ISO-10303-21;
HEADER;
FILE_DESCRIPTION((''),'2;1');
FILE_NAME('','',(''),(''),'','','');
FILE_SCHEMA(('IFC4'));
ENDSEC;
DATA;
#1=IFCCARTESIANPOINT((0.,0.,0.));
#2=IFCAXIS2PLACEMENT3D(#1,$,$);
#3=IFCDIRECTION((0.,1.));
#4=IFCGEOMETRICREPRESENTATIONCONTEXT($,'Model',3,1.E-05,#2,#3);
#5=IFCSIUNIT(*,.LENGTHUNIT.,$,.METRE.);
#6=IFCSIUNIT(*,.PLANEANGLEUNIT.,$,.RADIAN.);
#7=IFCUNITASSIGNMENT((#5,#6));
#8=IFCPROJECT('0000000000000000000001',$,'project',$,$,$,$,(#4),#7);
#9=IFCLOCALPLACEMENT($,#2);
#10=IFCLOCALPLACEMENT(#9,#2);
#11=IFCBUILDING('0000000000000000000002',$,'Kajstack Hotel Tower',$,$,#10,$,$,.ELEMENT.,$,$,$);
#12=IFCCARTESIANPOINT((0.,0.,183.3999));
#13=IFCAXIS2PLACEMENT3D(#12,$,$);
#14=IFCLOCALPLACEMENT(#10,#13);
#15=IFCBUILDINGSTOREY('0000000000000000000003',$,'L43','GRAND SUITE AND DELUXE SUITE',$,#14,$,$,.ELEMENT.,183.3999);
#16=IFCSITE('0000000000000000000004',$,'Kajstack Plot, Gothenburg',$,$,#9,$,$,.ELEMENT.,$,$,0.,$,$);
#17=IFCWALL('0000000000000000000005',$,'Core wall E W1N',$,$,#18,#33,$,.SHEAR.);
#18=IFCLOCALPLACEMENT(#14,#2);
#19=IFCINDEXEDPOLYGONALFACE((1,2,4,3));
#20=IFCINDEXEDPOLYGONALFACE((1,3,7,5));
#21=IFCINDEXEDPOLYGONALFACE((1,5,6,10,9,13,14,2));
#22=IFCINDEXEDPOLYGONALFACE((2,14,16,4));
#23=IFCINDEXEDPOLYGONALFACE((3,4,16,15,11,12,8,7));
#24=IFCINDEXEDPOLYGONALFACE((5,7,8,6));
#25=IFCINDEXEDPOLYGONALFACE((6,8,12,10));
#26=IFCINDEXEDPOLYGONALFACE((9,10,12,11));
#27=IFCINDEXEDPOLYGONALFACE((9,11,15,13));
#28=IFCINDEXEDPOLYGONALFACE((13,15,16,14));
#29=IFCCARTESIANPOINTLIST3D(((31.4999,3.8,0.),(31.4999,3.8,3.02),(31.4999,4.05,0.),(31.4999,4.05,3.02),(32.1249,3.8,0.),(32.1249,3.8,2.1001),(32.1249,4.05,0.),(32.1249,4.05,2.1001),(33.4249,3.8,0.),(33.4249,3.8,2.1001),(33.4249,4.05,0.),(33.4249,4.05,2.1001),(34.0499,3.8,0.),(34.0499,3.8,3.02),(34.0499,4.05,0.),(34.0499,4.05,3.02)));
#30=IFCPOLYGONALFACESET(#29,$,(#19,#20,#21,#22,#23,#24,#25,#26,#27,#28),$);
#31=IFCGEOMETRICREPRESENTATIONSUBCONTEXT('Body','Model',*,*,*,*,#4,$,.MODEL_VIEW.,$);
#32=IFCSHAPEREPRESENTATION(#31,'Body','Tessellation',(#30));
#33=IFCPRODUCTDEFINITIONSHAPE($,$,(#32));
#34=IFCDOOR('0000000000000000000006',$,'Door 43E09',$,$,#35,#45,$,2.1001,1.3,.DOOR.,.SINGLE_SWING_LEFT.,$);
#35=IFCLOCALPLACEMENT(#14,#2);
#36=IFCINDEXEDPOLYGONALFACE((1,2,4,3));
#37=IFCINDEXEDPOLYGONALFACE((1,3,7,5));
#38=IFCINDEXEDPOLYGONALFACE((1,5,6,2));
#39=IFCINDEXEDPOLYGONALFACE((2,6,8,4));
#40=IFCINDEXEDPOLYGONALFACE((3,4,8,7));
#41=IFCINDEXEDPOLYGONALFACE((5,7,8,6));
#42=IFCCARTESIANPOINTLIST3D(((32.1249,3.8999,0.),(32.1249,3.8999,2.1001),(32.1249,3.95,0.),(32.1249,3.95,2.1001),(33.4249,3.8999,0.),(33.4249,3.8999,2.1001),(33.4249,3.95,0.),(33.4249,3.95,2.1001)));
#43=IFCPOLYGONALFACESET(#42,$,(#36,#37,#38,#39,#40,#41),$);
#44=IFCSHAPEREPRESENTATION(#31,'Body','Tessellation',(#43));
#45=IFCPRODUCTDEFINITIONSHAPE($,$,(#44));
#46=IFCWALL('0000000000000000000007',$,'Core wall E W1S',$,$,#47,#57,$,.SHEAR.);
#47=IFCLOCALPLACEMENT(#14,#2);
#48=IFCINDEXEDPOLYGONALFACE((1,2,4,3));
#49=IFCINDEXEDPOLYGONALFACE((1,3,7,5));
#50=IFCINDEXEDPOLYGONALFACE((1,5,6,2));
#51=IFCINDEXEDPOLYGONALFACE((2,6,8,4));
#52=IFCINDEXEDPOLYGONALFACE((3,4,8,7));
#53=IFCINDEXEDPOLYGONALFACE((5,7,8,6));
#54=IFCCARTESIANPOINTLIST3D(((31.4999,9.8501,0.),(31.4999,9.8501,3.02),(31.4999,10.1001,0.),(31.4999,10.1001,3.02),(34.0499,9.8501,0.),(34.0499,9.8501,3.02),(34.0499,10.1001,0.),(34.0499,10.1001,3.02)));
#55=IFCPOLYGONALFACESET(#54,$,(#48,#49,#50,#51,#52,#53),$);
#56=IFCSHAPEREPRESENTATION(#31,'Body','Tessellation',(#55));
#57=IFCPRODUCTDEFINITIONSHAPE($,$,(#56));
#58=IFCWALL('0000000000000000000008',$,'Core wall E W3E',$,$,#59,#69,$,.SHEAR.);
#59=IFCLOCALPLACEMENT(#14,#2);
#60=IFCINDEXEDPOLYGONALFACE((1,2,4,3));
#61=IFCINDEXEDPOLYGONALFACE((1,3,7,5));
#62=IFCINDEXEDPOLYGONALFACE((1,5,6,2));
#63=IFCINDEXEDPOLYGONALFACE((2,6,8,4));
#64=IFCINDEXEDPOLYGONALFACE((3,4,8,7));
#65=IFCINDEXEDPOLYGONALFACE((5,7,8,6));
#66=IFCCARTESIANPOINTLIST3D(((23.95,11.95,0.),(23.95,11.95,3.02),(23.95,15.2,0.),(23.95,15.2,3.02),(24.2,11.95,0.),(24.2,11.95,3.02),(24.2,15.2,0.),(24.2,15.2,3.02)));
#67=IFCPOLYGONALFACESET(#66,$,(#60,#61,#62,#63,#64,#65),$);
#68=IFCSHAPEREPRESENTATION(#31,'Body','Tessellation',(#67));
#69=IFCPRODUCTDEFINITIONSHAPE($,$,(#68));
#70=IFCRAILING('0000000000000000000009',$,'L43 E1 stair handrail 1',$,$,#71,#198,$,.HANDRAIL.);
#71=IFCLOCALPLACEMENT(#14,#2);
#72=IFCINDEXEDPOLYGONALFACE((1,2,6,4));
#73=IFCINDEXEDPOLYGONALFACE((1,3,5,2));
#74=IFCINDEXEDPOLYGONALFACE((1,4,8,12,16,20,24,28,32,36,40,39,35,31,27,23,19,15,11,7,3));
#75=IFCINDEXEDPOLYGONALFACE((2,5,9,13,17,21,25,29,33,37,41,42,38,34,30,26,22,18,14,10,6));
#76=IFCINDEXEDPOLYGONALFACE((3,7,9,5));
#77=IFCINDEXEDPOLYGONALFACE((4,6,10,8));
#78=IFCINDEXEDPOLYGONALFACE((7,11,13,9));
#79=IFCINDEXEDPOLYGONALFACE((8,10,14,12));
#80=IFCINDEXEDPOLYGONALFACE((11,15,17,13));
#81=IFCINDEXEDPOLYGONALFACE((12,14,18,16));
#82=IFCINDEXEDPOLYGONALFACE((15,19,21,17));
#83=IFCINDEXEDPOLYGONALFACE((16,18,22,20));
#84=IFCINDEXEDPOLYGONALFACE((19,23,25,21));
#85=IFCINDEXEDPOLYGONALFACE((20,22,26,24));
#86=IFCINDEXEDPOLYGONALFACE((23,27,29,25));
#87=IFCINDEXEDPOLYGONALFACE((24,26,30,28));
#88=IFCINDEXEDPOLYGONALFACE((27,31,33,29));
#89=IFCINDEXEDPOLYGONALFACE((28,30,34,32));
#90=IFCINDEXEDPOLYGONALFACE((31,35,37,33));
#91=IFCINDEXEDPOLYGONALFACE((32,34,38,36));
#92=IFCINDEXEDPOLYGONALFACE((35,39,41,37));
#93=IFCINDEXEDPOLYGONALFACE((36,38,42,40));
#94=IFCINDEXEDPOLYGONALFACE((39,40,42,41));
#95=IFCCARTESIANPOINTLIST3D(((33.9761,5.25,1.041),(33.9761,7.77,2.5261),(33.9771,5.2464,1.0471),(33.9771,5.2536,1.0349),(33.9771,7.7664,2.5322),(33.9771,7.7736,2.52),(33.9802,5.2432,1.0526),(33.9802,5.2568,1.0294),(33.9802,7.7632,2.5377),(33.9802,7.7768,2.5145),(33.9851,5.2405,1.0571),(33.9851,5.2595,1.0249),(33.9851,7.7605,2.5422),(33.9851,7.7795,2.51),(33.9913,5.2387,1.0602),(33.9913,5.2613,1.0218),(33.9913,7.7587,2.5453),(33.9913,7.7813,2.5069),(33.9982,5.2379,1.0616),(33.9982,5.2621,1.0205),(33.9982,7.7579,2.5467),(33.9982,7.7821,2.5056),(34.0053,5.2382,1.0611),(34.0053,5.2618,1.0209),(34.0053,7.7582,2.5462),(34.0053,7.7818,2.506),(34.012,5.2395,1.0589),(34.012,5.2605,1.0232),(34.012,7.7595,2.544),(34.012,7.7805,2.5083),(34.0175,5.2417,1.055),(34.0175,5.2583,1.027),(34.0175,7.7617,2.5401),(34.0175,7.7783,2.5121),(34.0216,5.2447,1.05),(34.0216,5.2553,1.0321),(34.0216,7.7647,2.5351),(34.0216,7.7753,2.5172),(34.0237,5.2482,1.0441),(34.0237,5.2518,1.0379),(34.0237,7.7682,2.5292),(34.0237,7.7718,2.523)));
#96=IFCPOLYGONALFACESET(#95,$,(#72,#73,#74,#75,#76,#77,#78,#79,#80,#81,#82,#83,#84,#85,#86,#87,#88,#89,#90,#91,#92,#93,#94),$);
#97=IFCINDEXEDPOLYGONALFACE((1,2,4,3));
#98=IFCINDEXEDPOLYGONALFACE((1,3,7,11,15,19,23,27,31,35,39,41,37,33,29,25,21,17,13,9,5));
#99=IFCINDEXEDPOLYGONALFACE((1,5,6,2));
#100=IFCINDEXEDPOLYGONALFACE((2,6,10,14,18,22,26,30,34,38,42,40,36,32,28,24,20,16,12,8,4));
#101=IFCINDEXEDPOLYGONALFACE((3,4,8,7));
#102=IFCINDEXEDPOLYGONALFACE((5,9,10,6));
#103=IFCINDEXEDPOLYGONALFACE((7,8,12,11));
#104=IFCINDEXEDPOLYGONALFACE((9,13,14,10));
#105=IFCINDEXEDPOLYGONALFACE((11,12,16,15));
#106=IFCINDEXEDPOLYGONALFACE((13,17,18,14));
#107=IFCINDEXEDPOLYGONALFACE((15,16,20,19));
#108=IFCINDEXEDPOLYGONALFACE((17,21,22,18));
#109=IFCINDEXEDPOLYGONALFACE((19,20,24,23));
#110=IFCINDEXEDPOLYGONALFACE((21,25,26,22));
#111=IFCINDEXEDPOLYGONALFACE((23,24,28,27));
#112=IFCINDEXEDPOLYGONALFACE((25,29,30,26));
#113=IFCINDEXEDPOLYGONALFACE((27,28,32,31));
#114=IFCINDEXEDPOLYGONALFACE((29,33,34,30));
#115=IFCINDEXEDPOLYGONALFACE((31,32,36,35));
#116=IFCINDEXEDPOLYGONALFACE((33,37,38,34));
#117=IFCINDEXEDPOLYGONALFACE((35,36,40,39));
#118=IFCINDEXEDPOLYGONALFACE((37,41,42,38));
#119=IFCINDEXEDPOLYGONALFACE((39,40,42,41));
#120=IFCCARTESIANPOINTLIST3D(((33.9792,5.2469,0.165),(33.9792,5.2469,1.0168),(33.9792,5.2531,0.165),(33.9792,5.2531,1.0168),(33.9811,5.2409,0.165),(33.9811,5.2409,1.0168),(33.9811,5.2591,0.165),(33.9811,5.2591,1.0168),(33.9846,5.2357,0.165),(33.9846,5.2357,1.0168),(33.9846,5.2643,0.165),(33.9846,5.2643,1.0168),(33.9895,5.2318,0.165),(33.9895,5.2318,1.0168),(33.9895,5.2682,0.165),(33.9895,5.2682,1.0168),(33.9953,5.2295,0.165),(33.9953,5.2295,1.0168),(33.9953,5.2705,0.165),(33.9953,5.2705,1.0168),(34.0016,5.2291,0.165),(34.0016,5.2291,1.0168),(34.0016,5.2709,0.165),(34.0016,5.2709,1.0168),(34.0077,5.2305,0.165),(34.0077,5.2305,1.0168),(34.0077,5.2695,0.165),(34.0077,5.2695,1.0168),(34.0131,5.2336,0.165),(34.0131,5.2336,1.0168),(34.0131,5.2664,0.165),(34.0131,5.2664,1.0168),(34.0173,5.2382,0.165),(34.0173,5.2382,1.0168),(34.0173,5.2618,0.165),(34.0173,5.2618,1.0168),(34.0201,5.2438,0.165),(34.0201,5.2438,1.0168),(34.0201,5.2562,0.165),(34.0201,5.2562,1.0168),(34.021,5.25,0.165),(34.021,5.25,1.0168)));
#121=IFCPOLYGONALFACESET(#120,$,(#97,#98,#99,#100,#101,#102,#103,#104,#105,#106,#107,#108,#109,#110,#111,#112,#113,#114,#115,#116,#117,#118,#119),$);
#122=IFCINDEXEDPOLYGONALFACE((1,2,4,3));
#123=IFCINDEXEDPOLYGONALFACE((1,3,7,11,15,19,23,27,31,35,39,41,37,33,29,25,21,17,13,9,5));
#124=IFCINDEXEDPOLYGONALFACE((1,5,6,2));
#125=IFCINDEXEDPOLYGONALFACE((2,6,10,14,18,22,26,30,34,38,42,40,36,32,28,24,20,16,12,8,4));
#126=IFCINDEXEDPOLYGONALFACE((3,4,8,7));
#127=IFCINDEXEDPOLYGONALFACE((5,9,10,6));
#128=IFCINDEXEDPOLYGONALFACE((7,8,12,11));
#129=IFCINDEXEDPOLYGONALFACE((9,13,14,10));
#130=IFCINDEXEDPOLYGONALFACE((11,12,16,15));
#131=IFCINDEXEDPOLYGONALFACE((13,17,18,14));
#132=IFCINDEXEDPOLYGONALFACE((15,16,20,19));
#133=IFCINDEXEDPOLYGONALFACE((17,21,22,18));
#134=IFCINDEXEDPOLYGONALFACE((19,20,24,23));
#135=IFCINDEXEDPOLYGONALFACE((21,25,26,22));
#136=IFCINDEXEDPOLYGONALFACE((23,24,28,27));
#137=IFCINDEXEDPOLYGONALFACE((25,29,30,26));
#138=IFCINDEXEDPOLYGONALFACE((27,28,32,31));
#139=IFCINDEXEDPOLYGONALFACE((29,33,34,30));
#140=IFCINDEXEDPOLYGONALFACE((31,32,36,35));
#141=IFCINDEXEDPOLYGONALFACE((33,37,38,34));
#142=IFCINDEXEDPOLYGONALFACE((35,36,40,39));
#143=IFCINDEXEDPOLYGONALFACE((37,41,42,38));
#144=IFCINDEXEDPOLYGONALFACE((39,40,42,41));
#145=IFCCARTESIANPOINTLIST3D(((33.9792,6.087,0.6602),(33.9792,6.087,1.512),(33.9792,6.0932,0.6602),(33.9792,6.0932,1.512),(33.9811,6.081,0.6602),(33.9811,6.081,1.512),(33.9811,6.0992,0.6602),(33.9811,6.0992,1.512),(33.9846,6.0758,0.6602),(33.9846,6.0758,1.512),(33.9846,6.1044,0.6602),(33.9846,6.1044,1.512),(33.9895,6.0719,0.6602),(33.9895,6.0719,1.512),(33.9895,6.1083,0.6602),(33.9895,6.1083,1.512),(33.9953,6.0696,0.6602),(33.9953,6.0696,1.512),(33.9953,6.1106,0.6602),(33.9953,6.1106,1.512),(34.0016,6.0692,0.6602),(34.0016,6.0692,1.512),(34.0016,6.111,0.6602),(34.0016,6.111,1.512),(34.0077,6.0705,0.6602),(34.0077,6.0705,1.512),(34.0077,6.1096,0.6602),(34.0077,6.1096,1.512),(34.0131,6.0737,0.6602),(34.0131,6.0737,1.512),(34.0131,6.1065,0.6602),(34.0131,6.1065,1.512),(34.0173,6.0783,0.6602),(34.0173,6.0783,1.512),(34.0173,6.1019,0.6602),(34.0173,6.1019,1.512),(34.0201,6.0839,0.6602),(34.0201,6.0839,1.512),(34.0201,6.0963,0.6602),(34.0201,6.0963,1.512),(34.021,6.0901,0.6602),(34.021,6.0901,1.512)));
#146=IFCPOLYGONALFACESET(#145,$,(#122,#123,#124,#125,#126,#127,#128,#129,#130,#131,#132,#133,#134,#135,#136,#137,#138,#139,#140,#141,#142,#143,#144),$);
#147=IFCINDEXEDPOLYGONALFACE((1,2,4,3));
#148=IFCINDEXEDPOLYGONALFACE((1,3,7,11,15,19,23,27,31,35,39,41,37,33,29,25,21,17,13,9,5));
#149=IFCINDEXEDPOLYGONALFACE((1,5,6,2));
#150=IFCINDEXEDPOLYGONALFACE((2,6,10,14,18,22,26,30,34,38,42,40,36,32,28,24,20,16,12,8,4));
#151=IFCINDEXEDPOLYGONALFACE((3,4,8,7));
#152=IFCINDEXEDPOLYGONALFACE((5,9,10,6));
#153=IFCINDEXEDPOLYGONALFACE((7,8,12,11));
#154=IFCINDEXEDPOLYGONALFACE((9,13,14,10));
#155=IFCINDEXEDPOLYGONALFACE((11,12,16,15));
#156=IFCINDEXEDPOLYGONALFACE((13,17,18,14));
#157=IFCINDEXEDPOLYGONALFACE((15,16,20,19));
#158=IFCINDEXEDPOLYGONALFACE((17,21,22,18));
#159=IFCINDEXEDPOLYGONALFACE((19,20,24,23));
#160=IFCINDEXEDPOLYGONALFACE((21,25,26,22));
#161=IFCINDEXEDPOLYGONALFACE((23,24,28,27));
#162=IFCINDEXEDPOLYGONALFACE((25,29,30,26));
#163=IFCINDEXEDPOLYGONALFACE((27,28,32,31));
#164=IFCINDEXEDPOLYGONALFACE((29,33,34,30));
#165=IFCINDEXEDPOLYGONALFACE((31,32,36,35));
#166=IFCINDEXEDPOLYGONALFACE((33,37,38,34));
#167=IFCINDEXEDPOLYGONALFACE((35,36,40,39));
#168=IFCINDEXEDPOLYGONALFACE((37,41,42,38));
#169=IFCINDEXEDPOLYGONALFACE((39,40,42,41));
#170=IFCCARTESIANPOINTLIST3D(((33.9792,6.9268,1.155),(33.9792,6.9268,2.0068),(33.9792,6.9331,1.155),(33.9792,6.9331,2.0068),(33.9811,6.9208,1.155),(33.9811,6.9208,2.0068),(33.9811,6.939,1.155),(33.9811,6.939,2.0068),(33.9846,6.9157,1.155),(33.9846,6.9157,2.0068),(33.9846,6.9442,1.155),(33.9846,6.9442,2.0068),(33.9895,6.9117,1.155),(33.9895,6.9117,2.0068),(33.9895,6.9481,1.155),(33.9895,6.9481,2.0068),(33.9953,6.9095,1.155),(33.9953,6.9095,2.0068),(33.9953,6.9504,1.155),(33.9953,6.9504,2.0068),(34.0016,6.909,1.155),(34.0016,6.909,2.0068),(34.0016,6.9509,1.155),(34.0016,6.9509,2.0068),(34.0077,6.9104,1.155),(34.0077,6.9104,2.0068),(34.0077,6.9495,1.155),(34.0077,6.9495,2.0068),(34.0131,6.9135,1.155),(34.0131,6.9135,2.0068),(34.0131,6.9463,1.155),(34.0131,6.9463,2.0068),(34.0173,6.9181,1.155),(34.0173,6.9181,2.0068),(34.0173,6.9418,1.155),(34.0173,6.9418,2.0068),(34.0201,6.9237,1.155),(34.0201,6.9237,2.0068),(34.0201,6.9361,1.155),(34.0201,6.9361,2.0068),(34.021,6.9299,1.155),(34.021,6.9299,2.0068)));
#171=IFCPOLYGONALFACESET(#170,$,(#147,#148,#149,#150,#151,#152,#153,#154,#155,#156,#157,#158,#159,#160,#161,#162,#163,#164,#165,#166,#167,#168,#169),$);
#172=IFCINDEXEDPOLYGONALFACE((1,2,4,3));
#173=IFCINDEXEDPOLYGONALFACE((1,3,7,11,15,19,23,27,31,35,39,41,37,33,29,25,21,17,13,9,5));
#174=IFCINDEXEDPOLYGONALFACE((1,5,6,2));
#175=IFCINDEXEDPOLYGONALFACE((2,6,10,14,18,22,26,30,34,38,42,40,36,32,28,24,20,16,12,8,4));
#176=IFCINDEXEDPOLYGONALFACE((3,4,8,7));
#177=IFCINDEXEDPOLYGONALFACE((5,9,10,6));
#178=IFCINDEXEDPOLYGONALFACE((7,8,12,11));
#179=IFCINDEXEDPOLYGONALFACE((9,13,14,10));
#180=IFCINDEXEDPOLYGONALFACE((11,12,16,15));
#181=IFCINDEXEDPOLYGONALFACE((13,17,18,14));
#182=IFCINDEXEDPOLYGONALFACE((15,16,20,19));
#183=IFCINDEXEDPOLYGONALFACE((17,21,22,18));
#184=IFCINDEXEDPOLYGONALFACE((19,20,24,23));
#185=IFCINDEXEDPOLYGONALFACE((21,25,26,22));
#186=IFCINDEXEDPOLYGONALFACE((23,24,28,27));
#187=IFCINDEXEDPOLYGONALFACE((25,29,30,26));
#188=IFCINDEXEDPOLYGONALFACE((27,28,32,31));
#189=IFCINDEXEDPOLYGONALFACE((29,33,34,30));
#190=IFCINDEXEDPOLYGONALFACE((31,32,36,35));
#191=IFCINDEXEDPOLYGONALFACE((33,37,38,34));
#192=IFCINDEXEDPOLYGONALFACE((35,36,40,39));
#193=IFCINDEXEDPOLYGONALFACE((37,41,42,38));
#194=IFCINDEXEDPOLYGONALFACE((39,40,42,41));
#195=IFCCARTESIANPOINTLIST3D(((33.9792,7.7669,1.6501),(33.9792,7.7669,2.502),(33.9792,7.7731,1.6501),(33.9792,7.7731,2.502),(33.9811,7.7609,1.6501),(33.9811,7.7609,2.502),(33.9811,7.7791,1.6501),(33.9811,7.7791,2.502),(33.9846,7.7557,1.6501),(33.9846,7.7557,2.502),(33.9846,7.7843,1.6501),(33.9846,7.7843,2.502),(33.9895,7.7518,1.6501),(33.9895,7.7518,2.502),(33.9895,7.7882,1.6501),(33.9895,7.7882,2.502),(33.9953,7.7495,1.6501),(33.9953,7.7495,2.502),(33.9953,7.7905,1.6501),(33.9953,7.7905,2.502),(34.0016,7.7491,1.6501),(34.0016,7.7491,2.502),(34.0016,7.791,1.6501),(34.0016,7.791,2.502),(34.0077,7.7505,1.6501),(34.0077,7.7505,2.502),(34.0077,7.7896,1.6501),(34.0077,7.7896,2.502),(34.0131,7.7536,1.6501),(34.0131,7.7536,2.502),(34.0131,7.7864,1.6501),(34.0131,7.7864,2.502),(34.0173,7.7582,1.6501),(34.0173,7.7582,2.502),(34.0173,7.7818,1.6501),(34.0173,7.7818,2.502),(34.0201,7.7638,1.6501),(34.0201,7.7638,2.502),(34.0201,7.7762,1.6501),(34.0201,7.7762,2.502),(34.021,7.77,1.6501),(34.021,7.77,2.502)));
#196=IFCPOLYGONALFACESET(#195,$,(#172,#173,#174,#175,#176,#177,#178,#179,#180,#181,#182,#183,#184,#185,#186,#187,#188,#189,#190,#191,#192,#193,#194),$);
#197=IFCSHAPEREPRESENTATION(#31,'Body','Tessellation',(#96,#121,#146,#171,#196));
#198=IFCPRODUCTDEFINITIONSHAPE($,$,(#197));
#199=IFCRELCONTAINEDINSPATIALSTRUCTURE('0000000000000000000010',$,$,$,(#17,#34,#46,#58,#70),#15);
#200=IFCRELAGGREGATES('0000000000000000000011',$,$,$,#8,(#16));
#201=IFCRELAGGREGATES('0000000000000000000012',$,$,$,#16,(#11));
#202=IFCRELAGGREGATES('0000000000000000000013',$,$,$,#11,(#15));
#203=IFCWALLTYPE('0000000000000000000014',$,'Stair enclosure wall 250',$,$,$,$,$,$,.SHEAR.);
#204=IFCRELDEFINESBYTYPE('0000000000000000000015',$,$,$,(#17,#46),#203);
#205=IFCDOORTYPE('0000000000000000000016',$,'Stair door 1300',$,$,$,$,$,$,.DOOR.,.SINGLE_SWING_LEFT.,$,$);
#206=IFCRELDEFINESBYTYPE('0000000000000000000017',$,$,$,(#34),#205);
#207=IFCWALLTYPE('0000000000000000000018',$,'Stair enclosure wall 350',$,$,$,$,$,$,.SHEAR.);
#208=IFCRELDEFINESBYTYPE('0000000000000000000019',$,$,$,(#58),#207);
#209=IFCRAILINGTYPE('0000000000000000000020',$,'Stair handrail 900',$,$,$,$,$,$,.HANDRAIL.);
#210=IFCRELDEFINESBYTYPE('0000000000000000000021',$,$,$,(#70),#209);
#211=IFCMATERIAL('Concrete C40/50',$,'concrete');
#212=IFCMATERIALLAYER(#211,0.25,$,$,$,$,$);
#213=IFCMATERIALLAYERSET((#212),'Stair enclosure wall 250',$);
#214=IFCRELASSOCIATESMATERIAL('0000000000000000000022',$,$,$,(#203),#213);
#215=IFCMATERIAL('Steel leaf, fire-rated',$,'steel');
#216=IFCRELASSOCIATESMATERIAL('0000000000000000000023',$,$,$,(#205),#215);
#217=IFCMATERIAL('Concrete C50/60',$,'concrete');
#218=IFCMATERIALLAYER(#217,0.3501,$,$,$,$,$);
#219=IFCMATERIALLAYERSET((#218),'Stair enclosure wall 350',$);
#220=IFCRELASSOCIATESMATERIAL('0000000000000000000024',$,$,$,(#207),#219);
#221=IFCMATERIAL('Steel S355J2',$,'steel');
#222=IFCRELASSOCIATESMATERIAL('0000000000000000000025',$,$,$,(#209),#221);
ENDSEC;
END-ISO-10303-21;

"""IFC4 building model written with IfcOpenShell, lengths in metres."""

from ifc_helpers import new_model, si_unit, direction, frame, frame_2d, origin, origin_2d, place, context, subcontext, project, spatial, rectangle, circle, extrude, material, layer, layer_set, type_object, element, fill, save


model = new_model("IFC4")

# Units and contexts
model_context = context("Model", 3, precision=1e-05, world=origin(), true_north=direction((0.0, 1.0)))
body_context = subcontext(model_context, "Body", "Model", "MODEL_VIEW")
ifc_project = project(units=[si_unit("LENGTHUNIT", "METRE"), si_unit("PLANEANGLEUNIT", "RADIAN")], contexts=[model_context])

# Site, building, storey
site_placement = place(None, origin())
site = spatial("IfcSite", under=ifc_project, at=site_placement, Name="Kajstack Plot, Gothenburg", CompositionType="ELEMENT", RefElevation=0.0)
building_placement = place(site_placement, origin())
building = spatial("IfcBuilding", under=site, at=building_placement, Name="Kajstack Hotel Tower", CompositionType="ELEMENT")
storey_placement = place(building_placement, frame((0.0, 0.0, 183.3999)))
storey = spatial("IfcBuildingStorey", under=building, at=storey_placement, Name="L43", Description="GRAND SUITE AND DELUXE SUITE", CompositionType="ELEMENT", Elevation=183.3999)

# Shared definitions
ifc_material_1 = material(Name="Concrete C40/50", Category="concrete")
ifc_material_2 = material(Name="Concrete C50/60", Category="concrete")

# Wall, opening, door
ifc_layer_1 = layer(ifc_material_1, 0.25)
ifc_layer_set_1 = layer_set([ifc_layer_1], Name="Stair enclosure wall 250")
wall_type_1 = type_object("IfcWallType", Name="Stair enclosure wall 250", PredefinedType="SHEAR", material=ifc_layer_set_1)
wall_1_placement = place(storey_placement, frame((31.5, 3.925, 0.0), z_axis=(0.0, 0.0, 1.0), x_axis=(1.0, 0.0, 0.0)))
wall_1 = element("IfcWall", 1, at=wall_1_placement, inside=storey, type_object=wall_type_1, Name="Core wall E W1N", PredefinedType="SHEAR", context=body_context, shape_type="SweptSolid", body=[
    extrude(rectangle(XDim=2.55, YDim=0.25, at=frame_2d((1.2749, 0.0))), origin(), (0.0, 0.0, 1.0), 3.02),
])
opening_1_placement = place(wall_1_placement, frame((0.625, 0.0, 0.0)))
opening_1 = element("IfcOpeningElement", 2, at=opening_1_placement, cuts=wall_1, PredefinedType="OPENING", context=body_context, shape_type="SweptSolid", body=[
    extrude(rectangle(XDim=1.3, YDim=2.1001, at=frame_2d((0.6499, 1.05))), frame((0.0, 0.135, 0.0), z_axis=(0.0, -1.0, 0.0), x_axis=(1.0, 0.0, 0.0)), (0.0, 0.0, 1.0), 0.27),
])
ifc_material_3 = material(Name="Steel leaf, fire-rated", Category="steel")
door_type_1 = type_object("IfcDoorType", Name="Stair door 1300", OperationType="SINGLE_SWING_LEFT", PredefinedType="DOOR", material=ifc_material_3)
door_1_placement = place(opening_1_placement, origin())
door_1 = element("IfcDoor", 3, at=door_1_placement, inside=storey, type_object=door_type_1, Name="Door 43E09", OperationType="SINGLE_SWING_LEFT", OverallHeight=2.1001, OverallWidth=1.3, PredefinedType="DOOR", context=body_context, shape_type="SweptSolid", body=[
    extrude(rectangle(XDim=1.3, YDim=2.1001, at=frame_2d((0.6499, 1.05))), frame((0.0, 0.0249, 0.0), z_axis=(0.0, -1.0, 0.0), x_axis=(1.0, 0.0, 0.0)), (0.0, 0.0, 1.0), 0.05),
])
fill(opening_1, door_1)

# Walls
wall_2_placement = place(storey_placement, frame((31.5, 9.9751, 0.0), z_axis=(0.0, 0.0, 1.0), x_axis=(1.0, 0.0, 0.0)))
element("IfcWall", 4, at=wall_2_placement, inside=storey, type_object=wall_type_1, Name="Core wall E W1S", PredefinedType="SHEAR", context=body_context, shape_type="SweptSolid", body=[
    extrude(rectangle(XDim=2.55, YDim=0.25, at=frame_2d((1.2749, 0.0))), origin(), (0.0, 0.0, 1.0), 3.02),
])
ifc_layer_2 = layer(ifc_material_2, 0.3501)
ifc_layer_set_2 = layer_set([ifc_layer_2], Name="Stair enclosure wall 350")
wall_type_2 = type_object("IfcWallType", Name="Stair enclosure wall 350", PredefinedType="SHEAR", material=ifc_layer_set_2)
wall_3_placement = place(storey_placement, frame((24.075, 11.95, 0.0), z_axis=(0.0, 0.0, 1.0), x_axis=(0.0, 1.0, 0.0)))
element("IfcWall", 5, at=wall_3_placement, inside=storey, type_object=wall_type_2, Name="Core wall E W3E", PredefinedType="SHEAR", context=body_context, shape_type="SweptSolid", body=[
    extrude(rectangle(XDim=3.25, YDim=0.25, at=frame_2d((1.625, 0.0))), origin(), (0.0, 0.0, 1.0), 3.02),
])

# Railing
ifc_material_4 = material(Name="Steel S355J2", Category="steel")
railing_type_1 = type_object("IfcRailingType", Name="Stair handrail 900", PredefinedType="HANDRAIL", material=ifc_material_4)
railing_1_placement = place(storey_placement, frame((34.0, 5.25, 0.165)))
element("IfcRailing", 6, at=railing_1_placement, inside=storey, type_object=railing_type_1, Name="L43 E1 stair handrail 1", PredefinedType="HANDRAIL", context=body_context, shape_type="SweptSolid", body=[
    extrude(circle(Radius=0.0239, at=origin_2d()), frame((0.0, 0.0, 0.876), z_axis=(0.0, 0.861524, 0.507717), x_axis=(-1.0, 0.0, 0.0)), (0.0, 0.0, 1.0), 2.925),
    extrude(circle(Radius=0.021, at=origin_2d()), origin(), (0.0, 0.0, 1.0), 0.8518),
    extrude(circle(Radius=0.021, at=origin_2d()), frame((0.0, 0.8401, 0.4951)), (0.0, 0.0, 1.0), 0.8518),
    extrude(circle(Radius=0.021, at=origin_2d()), frame((0.0, 1.6799, 0.99)), (0.0, 0.0, 1.0), 0.8518),
    extrude(circle(Radius=0.021, at=origin_2d()), frame((0.0, 2.52, 1.4851)), (0.0, 0.0, 1.0), 0.8518),
])

save(model, "model.ifc")
